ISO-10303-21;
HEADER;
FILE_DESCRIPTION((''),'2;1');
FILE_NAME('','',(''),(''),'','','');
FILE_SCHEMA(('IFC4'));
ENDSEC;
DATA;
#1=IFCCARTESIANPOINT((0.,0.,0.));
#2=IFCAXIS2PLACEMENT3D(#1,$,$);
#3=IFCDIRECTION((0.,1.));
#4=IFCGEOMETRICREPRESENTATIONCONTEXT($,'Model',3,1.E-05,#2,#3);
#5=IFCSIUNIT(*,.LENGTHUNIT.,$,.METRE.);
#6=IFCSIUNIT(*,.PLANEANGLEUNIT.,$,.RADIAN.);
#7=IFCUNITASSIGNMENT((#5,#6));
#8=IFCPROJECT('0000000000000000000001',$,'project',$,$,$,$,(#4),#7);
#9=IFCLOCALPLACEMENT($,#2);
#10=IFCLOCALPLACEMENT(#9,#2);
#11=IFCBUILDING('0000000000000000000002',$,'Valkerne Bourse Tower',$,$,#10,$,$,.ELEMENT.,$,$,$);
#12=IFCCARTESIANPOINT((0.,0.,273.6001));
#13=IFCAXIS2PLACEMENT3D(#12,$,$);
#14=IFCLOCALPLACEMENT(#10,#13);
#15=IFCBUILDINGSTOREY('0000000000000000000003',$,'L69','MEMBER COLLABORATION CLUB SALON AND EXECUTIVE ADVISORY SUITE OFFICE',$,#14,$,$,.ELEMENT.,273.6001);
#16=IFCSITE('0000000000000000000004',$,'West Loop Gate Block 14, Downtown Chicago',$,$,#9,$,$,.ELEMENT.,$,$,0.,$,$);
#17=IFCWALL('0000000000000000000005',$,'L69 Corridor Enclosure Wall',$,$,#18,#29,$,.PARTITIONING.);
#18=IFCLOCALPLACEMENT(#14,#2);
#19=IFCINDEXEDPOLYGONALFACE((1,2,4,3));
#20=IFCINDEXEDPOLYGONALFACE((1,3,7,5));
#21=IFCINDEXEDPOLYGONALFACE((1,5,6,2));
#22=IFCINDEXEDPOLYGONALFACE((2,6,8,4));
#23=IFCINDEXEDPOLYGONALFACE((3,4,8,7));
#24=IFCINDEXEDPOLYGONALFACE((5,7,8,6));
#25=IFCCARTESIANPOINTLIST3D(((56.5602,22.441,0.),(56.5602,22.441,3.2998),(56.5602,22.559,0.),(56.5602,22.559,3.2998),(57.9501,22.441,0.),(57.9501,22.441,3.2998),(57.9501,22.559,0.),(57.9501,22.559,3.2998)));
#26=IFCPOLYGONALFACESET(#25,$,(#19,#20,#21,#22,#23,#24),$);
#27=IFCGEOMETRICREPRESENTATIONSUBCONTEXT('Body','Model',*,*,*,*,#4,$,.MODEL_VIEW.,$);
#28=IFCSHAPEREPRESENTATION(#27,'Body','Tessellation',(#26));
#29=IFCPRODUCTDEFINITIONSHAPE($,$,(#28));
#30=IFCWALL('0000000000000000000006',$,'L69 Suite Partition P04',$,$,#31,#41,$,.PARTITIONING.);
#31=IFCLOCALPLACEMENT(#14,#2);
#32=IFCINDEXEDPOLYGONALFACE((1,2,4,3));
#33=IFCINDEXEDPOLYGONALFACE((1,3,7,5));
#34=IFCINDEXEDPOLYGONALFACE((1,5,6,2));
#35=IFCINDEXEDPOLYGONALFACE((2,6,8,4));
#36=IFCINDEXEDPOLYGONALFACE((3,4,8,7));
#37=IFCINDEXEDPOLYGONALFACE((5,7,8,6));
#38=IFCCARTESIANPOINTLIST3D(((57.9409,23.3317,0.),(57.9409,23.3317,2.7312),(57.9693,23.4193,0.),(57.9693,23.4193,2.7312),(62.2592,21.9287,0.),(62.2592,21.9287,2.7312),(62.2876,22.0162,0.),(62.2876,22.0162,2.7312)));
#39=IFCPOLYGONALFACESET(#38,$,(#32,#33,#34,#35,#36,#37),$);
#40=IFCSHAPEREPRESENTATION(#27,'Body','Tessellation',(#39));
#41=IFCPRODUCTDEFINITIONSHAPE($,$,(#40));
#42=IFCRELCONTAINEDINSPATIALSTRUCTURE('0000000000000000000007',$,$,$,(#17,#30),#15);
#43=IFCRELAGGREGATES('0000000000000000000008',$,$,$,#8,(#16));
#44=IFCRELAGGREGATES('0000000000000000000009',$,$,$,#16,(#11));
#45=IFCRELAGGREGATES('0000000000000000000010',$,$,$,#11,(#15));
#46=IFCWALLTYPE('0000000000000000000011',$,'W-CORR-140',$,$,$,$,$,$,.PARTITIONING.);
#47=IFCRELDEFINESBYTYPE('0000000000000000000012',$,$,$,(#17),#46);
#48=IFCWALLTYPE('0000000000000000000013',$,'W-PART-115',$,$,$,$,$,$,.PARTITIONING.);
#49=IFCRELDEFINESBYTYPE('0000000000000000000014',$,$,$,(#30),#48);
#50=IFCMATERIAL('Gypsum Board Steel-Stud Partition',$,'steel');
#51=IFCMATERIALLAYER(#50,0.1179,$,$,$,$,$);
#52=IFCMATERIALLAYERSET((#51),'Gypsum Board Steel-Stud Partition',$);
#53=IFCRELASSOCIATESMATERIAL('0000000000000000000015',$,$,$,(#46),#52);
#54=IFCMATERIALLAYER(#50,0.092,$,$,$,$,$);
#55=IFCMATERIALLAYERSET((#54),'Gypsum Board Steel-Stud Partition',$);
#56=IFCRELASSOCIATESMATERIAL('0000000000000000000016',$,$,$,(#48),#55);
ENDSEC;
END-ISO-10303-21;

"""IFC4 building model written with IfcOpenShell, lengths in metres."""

from ifc_helpers import new_model, si_unit, direction, frame, frame_2d, origin, place, context, subcontext, project, spatial, rectangle, extrude, material, layer, layer_set, type_object, element, save


model = new_model("IFC4")

# Units and contexts
model_context = context("Model", 3, precision=1e-05, world=origin(), true_north=direction((0.0, 1.0)))
body_context = subcontext(model_context, "Body", "Model", "MODEL_VIEW")
ifc_project = project(units=[si_unit("LENGTHUNIT", "METRE"), si_unit("PLANEANGLEUNIT", "RADIAN")], contexts=[model_context])

# Site, building, storey
site_placement = place(None, origin())
site = spatial("IfcSite", under=ifc_project, at=site_placement, Name="West Loop Gate Block 14, Downtown Chicago", CompositionType="ELEMENT", RefElevation=0.0)
building_placement = place(site_placement, origin())
building = spatial("IfcBuilding", under=site, at=building_placement, Name="Valkerne Bourse Tower", CompositionType="ELEMENT")
storey_placement = place(building_placement, frame((0.0, 0.0, 273.6001)))
storey = spatial("IfcBuildingStorey", under=building, at=storey_placement, Name="L69", Description="MEMBER COLLABORATION CLUB SALON AND EXECUTIVE ADVISORY SUITE OFFICE", CompositionType="ELEMENT", Elevation=273.6001)

# Walls
ifc_material_1 = material(Name="Gypsum Board Steel-Stud Partition", Category="steel")
ifc_layer_1 = layer(ifc_material_1, 0.1179)
ifc_layer_set_1 = layer_set([ifc_layer_1], Name="Gypsum Board Steel-Stud Partition")
wall_type_1 = type_object("IfcWallType", Name="W-CORR-140", PredefinedType="PARTITIONING", material=ifc_layer_set_1)
wall_1_placement = place(storey_placement, frame((57.95, 22.5, 0.0), z_axis=(0.0, 0.0, 1.0), x_axis=(-1.0, 0.0, 0.0)))
element("IfcWall", 1, at=wall_1_placement, inside=storey, type_object=wall_type_1, Name="L69 Corridor Enclosure Wall", PredefinedType="PARTITIONING", context=body_context, shape_type="SweptSolid", body=[
    extrude(rectangle(XDim=1.3899, YDim=0.1179, at=frame_2d((0.6948, 0.0))), origin(), (0.0, 0.0, 1.0), 3.2998),
])
ifc_layer_2 = layer(ifc_material_1, 0.092)
ifc_layer_set_2 = layer_set([ifc_layer_2], Name="Gypsum Board Steel-Stud Partition")
wall_type_2 = type_object("IfcWallType", Name="W-PART-115", PredefinedType="PARTITIONING", material=ifc_layer_set_2)
wall_2_placement = place(storey_placement, frame((57.9551, 23.3755, 0.0), z_axis=(0.0, 0.0, 1.0), x_axis=(0.951059, -0.309008, 0.0)))
element("IfcWall", 2, at=wall_2_placement, inside=storey, type_object=wall_type_2, Name="L69 Suite Partition P04", PredefinedType="PARTITIONING", context=body_context, shape_type="SweptSolid", body=[
    extrude(rectangle(XDim=4.5405, YDim=0.092, at=frame_2d((2.2703, 0.0))), origin(), (0.0, 0.0, 1.0), 2.7312),
])

save(model, "model.ifc")
